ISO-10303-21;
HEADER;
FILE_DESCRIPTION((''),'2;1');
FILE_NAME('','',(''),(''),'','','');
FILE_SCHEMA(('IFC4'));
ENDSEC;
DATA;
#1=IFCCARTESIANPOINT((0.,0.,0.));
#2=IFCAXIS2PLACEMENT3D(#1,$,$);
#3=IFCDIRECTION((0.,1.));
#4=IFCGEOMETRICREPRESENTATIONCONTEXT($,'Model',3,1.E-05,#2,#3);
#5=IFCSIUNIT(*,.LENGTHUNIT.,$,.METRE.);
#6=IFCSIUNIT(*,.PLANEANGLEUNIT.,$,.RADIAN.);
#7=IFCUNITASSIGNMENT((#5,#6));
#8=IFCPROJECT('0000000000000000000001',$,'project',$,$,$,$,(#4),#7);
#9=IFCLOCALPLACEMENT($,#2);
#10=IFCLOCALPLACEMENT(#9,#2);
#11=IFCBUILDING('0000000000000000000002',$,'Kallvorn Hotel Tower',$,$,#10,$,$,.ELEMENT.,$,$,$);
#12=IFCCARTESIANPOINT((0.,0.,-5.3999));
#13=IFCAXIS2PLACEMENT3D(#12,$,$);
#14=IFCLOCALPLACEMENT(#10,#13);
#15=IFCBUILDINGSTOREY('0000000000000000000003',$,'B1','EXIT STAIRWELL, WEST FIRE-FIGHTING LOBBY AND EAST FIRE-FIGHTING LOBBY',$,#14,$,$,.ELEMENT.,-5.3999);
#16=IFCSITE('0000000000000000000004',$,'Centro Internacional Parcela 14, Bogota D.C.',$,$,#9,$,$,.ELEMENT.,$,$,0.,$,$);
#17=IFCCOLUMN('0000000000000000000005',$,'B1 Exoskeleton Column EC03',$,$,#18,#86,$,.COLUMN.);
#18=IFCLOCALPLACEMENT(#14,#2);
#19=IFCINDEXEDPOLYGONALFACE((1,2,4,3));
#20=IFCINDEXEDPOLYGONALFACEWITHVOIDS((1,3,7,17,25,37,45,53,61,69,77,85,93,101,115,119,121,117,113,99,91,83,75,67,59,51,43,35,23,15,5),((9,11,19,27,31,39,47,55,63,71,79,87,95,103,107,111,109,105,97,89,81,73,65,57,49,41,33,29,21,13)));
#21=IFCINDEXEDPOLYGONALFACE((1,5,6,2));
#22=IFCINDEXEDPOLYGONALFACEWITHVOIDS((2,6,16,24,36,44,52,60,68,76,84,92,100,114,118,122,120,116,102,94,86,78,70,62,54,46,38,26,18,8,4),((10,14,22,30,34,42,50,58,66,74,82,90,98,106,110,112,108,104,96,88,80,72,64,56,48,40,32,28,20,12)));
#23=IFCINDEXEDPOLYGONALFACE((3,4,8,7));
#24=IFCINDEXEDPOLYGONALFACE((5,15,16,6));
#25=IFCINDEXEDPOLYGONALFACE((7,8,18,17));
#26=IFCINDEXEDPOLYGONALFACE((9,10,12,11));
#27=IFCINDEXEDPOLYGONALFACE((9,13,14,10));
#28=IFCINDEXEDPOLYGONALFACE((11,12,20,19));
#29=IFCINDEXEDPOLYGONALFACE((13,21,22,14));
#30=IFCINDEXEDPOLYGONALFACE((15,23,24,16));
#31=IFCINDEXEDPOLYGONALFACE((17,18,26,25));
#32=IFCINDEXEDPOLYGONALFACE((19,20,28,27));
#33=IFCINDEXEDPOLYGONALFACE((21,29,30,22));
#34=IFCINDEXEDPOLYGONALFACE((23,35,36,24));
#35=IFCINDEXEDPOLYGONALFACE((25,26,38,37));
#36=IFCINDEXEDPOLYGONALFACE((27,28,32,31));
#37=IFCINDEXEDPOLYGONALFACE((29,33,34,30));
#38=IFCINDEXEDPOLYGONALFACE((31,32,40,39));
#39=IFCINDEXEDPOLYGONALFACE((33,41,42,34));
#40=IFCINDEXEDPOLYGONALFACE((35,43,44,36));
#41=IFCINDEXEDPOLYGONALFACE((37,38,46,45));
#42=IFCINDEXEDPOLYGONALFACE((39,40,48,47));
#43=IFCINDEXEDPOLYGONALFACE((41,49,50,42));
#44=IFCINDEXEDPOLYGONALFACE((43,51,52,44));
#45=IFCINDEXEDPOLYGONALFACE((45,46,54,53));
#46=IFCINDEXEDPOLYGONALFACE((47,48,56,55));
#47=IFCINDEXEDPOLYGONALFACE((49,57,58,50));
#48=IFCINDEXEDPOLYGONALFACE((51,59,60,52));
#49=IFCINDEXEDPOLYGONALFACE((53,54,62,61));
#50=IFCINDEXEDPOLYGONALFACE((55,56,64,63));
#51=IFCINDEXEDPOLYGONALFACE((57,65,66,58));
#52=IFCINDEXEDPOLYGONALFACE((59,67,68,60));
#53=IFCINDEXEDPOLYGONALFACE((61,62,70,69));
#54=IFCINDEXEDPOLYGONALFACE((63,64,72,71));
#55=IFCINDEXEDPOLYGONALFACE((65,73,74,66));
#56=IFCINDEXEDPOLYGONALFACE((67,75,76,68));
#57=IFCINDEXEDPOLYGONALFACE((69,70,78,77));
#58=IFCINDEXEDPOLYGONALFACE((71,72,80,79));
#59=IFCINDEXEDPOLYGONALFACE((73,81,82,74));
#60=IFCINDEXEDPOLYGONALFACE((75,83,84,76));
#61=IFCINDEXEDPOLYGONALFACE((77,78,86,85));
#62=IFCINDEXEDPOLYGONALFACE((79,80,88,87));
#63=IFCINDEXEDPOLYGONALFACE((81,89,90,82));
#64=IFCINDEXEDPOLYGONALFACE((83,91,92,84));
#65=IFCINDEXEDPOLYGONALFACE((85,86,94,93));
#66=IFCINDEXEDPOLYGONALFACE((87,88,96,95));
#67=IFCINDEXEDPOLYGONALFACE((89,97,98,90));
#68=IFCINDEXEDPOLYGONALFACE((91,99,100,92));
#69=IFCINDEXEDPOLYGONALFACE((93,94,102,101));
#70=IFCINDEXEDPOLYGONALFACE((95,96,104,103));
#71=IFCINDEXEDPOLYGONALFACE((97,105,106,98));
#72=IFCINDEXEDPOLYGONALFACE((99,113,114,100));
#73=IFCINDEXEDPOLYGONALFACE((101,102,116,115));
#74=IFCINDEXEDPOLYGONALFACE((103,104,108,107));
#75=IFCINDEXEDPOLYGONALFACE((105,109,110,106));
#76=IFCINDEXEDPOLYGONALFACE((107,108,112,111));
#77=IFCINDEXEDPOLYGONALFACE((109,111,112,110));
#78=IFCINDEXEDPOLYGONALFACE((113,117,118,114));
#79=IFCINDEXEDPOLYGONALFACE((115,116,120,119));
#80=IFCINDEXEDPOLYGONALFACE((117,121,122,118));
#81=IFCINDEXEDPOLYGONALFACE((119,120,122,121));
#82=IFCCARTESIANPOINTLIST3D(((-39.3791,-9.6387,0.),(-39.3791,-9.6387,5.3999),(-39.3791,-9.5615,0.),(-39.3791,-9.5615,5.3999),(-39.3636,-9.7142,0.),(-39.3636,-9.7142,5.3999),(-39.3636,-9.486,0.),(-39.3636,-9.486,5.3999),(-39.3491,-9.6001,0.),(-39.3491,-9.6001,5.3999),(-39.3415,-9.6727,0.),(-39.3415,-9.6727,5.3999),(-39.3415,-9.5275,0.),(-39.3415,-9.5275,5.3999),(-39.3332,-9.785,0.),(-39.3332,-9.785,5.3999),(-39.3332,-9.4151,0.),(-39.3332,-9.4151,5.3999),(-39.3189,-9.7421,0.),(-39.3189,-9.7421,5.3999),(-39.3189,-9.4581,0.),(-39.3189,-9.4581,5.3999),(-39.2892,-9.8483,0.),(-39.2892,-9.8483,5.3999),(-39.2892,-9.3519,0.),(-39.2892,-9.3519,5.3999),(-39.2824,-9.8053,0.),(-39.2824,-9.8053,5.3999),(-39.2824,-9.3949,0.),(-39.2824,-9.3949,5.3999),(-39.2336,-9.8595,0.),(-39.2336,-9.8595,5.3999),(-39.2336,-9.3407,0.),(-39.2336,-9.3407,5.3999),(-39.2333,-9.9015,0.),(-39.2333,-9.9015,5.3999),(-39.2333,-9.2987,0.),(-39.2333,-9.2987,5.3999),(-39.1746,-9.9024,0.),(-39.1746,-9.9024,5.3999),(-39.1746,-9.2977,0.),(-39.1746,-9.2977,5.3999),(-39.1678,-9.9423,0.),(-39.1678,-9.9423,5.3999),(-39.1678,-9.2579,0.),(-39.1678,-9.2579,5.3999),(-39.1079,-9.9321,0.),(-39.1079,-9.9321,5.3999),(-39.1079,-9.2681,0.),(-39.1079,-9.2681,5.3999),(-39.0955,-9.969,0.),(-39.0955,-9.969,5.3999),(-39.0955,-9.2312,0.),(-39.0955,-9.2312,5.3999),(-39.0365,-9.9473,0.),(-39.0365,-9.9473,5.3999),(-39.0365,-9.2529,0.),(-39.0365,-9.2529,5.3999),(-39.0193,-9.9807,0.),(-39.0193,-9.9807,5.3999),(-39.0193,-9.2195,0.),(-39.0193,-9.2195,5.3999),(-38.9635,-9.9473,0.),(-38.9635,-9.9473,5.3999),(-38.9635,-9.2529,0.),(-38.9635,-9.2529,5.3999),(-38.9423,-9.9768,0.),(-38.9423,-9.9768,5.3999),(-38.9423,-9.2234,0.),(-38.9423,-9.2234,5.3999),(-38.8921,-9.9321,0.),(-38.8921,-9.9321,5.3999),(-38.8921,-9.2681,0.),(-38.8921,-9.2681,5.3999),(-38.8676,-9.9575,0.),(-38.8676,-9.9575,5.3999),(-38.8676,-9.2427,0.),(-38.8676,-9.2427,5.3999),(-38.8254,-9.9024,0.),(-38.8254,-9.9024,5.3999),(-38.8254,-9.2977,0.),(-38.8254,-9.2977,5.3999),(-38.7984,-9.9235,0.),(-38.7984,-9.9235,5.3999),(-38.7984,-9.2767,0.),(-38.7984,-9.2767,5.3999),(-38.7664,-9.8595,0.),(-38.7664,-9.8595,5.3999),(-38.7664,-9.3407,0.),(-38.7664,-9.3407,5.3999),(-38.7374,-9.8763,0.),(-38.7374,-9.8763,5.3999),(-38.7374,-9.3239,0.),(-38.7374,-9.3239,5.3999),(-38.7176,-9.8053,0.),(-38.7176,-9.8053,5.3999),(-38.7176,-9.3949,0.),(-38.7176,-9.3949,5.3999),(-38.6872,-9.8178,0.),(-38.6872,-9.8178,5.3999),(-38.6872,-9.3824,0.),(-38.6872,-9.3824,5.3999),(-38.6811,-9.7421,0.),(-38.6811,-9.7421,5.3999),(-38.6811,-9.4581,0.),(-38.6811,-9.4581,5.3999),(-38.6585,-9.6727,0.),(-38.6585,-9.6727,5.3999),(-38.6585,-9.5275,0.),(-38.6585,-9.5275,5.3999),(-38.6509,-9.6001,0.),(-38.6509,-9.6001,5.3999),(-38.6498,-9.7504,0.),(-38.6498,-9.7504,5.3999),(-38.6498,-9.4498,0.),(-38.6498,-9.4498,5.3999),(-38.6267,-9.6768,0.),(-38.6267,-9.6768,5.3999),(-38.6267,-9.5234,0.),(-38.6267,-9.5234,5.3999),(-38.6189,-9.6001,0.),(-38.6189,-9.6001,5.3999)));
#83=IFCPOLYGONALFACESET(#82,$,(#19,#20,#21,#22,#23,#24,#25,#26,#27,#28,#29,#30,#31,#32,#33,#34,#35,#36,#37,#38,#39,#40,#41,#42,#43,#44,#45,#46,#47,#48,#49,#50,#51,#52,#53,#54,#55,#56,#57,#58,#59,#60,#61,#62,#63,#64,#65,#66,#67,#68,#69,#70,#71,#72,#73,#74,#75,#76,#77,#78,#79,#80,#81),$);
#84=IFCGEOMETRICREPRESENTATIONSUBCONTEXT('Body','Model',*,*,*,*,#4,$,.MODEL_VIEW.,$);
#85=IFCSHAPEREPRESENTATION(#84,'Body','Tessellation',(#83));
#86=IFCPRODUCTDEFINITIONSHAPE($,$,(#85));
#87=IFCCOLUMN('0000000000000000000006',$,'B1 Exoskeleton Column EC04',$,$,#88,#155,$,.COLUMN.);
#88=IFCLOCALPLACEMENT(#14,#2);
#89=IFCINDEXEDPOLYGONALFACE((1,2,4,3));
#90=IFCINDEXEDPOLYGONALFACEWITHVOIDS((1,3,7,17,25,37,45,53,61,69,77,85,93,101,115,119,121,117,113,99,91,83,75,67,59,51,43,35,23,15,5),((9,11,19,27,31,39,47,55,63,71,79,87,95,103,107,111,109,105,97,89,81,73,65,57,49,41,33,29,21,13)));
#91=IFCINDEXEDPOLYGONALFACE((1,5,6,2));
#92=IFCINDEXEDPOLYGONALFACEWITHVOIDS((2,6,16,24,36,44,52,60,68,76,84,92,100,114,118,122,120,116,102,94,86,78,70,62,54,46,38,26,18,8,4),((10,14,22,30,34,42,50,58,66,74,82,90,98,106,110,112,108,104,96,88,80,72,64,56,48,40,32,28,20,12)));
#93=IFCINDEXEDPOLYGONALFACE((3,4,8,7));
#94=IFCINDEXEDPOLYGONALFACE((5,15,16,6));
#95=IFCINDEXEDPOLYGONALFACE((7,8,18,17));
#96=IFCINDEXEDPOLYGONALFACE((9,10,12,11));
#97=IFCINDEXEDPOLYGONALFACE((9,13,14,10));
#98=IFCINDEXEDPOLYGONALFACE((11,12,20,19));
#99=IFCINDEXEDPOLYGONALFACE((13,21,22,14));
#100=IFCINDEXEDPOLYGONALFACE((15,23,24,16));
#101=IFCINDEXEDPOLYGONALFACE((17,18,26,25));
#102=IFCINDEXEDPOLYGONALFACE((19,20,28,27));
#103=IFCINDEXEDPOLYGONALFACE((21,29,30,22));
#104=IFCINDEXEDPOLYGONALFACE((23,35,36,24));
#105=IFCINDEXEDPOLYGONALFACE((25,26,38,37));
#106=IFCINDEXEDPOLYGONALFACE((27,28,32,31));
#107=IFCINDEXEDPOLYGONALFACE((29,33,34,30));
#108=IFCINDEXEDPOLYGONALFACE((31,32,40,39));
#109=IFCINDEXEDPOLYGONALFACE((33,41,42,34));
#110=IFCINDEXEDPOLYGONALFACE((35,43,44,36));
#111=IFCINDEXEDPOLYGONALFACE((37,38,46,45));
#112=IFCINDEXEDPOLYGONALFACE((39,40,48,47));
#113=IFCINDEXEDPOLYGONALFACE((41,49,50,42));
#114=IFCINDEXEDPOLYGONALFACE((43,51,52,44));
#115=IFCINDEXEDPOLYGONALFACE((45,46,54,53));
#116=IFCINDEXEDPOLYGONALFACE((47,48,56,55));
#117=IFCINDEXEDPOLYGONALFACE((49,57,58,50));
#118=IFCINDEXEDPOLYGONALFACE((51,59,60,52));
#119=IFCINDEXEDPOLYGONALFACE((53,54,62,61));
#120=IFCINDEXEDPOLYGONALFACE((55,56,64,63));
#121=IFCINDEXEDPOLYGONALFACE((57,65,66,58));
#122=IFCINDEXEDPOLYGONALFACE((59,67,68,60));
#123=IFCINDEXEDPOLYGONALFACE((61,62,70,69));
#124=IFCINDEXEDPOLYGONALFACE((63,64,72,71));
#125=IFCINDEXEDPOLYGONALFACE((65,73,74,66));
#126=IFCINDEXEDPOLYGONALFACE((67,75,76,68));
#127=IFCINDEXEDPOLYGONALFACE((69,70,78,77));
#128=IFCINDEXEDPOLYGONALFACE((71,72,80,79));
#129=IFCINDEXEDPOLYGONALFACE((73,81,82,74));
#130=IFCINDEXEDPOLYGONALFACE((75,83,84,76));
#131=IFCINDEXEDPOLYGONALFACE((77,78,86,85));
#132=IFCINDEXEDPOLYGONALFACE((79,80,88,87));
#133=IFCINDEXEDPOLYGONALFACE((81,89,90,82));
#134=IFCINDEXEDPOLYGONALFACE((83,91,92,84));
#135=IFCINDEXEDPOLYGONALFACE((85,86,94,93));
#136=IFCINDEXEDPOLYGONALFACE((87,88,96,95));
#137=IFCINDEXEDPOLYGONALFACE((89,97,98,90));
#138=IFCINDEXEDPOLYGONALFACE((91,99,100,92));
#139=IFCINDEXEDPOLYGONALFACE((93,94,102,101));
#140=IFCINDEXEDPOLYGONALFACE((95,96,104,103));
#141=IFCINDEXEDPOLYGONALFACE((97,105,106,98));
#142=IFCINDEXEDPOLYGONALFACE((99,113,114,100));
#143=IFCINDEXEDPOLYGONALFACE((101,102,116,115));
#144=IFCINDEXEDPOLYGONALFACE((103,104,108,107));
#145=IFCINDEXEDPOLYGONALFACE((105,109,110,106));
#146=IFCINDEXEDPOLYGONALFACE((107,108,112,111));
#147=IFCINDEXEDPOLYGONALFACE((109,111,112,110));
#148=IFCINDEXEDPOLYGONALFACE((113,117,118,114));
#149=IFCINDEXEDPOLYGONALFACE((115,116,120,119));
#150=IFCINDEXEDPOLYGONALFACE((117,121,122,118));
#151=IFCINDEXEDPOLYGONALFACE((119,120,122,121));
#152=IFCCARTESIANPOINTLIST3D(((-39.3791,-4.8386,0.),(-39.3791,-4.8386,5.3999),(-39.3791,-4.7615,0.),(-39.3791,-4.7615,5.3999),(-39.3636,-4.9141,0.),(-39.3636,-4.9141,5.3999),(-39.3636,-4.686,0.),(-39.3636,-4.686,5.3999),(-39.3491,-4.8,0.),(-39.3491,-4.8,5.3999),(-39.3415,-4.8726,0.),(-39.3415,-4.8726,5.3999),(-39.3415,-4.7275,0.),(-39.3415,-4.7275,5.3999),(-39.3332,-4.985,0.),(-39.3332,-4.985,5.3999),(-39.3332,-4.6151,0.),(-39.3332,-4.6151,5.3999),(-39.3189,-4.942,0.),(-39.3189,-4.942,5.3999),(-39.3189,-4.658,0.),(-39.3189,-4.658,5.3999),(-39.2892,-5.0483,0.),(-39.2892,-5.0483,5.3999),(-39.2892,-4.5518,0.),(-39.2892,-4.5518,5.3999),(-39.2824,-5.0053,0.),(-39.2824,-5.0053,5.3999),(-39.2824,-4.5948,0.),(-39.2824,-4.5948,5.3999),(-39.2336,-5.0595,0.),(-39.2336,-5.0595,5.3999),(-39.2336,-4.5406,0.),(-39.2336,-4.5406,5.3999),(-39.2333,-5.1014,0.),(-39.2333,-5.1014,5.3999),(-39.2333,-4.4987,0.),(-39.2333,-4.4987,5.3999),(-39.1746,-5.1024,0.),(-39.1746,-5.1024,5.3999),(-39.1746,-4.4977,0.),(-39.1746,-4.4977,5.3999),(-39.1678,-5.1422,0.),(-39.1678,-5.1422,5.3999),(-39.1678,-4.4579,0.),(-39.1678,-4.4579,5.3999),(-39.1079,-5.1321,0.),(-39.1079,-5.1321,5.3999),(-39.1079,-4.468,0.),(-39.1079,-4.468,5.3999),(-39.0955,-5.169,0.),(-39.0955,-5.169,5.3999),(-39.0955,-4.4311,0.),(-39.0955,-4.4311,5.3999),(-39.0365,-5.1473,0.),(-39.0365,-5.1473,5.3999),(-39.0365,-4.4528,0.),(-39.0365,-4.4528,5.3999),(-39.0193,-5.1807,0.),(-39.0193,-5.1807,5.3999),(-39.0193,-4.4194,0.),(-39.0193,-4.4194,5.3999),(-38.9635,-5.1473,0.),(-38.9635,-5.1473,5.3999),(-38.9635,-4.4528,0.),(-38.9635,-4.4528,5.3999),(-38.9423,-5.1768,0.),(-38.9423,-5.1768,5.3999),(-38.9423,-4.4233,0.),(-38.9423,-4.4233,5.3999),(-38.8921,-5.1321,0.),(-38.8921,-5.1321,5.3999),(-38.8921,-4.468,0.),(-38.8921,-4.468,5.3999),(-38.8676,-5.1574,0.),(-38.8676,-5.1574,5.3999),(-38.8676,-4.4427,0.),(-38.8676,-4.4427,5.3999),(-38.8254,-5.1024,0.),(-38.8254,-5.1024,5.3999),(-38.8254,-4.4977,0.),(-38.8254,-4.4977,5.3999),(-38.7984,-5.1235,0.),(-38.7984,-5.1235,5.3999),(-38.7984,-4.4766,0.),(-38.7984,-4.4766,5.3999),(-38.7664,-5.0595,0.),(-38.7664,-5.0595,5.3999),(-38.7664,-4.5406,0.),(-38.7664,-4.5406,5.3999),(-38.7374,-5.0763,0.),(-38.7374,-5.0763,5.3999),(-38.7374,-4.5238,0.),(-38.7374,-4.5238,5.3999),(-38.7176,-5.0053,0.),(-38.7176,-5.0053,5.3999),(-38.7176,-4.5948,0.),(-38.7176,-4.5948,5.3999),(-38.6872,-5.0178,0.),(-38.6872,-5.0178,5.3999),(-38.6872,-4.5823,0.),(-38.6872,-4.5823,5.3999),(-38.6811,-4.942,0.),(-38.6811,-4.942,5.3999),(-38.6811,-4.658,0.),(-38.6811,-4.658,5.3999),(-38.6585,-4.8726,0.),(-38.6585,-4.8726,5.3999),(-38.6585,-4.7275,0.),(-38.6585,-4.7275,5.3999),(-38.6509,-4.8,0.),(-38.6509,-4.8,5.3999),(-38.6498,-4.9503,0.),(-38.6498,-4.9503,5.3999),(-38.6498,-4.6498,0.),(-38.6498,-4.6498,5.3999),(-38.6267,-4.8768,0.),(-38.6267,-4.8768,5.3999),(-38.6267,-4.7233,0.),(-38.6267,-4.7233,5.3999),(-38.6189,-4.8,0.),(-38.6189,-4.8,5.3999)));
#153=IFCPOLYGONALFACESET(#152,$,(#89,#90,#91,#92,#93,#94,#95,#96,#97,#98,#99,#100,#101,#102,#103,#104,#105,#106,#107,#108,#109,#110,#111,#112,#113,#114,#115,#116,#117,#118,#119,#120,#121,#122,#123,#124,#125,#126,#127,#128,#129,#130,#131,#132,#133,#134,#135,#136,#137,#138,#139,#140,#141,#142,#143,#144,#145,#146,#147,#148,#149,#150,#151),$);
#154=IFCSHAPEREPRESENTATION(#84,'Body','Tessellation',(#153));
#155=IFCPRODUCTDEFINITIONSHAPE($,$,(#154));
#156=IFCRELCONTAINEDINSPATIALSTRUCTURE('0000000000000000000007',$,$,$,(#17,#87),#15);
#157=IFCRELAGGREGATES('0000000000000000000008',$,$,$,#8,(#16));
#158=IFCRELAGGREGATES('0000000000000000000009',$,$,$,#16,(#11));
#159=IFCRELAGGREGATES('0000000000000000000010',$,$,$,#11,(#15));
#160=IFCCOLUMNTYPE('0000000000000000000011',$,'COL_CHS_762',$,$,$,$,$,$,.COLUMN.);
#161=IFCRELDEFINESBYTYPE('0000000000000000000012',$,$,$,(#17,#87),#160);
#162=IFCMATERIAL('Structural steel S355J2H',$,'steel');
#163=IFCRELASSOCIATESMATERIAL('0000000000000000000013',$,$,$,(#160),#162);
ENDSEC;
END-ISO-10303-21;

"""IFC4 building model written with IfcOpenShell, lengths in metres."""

from ifc_helpers import new_model, si_unit, direction, frame, origin, origin_2d, place, context, subcontext, project, spatial, hollow_circle, extrude, material, material_profile, profile_set, type_object, element, save


model = new_model("IFC4")

# Units and contexts
model_context = context("Model", 3, precision=1e-05, world=origin(), true_north=direction((0.0, 1.0)))
body_context = subcontext(model_context, "Body", "Model", "MODEL_VIEW")
ifc_project = project(units=[si_unit("LENGTHUNIT", "METRE"), si_unit("PLANEANGLEUNIT", "RADIAN")], contexts=[model_context])

# Site, building, storey
site_placement = place(None, origin())
site = spatial("IfcSite", under=ifc_project, at=site_placement, Name="Centro Internacional Parcela 14, Bogota D.C.", CompositionType="ELEMENT", RefElevation=0.0)
building_placement = place(site_placement, origin())
building = spatial("IfcBuilding", under=site, at=building_placement, Name="Kallvorn Hotel Tower", CompositionType="ELEMENT")
storey_placement = place(building_placement, frame((0.0, 0.0, -5.3999)))
storey = spatial("IfcBuildingStorey", under=building, at=storey_placement, Name="B1", Description="EXIT STAIRWELL, WEST FIRE-FIGHTING LOBBY AND EAST FIRE-FIGHTING LOBBY", CompositionType="ELEMENT", Elevation=-5.3999)

# Columns
ifc_material_1 = material(Name="Structural steel S355J2H", Category="steel")
ifc_material_profile_1 = material_profile(ifc_material_1, hollow_circle(Radius=0.3811, WallThickness=0.032, at=origin_2d()), Name="CHS 762x32")
ifc_profile_set_1 = profile_set([ifc_material_profile_1], Name="Structural steel S355J2H")
column_type = type_object("IfcColumnType", Name="COL_CHS_762", PredefinedType="COLUMN", material=ifc_profile_set_1)
for number, where, z_axis, x_axis, name in (
    (1, (-39.0, -9.6001, 0.0), (0.0, 0.0, 1.0), (1.0, 0.0, 0.0), "B1 Exoskeleton Column EC03"),
    (2, (-39.0, -4.8, 0.0), (0.0, 0.0, 1.0), (1.0, 0.0, 0.0), "B1 Exoskeleton Column EC04"),
):
    element("IfcColumn", number, at=place(storey_placement, frame(where, z_axis=z_axis, x_axis=x_axis)), inside=storey, type_object=column_type, Name=name, PredefinedType="COLUMN", context=body_context, shape_type="SweptSolid", body=[
        extrude(hollow_circle(Radius=0.3811, WallThickness=0.032, at=origin_2d()), origin(), (0.0, 0.0, 1.0), 5.3999),
    ])

save(model, "model.ifc")
